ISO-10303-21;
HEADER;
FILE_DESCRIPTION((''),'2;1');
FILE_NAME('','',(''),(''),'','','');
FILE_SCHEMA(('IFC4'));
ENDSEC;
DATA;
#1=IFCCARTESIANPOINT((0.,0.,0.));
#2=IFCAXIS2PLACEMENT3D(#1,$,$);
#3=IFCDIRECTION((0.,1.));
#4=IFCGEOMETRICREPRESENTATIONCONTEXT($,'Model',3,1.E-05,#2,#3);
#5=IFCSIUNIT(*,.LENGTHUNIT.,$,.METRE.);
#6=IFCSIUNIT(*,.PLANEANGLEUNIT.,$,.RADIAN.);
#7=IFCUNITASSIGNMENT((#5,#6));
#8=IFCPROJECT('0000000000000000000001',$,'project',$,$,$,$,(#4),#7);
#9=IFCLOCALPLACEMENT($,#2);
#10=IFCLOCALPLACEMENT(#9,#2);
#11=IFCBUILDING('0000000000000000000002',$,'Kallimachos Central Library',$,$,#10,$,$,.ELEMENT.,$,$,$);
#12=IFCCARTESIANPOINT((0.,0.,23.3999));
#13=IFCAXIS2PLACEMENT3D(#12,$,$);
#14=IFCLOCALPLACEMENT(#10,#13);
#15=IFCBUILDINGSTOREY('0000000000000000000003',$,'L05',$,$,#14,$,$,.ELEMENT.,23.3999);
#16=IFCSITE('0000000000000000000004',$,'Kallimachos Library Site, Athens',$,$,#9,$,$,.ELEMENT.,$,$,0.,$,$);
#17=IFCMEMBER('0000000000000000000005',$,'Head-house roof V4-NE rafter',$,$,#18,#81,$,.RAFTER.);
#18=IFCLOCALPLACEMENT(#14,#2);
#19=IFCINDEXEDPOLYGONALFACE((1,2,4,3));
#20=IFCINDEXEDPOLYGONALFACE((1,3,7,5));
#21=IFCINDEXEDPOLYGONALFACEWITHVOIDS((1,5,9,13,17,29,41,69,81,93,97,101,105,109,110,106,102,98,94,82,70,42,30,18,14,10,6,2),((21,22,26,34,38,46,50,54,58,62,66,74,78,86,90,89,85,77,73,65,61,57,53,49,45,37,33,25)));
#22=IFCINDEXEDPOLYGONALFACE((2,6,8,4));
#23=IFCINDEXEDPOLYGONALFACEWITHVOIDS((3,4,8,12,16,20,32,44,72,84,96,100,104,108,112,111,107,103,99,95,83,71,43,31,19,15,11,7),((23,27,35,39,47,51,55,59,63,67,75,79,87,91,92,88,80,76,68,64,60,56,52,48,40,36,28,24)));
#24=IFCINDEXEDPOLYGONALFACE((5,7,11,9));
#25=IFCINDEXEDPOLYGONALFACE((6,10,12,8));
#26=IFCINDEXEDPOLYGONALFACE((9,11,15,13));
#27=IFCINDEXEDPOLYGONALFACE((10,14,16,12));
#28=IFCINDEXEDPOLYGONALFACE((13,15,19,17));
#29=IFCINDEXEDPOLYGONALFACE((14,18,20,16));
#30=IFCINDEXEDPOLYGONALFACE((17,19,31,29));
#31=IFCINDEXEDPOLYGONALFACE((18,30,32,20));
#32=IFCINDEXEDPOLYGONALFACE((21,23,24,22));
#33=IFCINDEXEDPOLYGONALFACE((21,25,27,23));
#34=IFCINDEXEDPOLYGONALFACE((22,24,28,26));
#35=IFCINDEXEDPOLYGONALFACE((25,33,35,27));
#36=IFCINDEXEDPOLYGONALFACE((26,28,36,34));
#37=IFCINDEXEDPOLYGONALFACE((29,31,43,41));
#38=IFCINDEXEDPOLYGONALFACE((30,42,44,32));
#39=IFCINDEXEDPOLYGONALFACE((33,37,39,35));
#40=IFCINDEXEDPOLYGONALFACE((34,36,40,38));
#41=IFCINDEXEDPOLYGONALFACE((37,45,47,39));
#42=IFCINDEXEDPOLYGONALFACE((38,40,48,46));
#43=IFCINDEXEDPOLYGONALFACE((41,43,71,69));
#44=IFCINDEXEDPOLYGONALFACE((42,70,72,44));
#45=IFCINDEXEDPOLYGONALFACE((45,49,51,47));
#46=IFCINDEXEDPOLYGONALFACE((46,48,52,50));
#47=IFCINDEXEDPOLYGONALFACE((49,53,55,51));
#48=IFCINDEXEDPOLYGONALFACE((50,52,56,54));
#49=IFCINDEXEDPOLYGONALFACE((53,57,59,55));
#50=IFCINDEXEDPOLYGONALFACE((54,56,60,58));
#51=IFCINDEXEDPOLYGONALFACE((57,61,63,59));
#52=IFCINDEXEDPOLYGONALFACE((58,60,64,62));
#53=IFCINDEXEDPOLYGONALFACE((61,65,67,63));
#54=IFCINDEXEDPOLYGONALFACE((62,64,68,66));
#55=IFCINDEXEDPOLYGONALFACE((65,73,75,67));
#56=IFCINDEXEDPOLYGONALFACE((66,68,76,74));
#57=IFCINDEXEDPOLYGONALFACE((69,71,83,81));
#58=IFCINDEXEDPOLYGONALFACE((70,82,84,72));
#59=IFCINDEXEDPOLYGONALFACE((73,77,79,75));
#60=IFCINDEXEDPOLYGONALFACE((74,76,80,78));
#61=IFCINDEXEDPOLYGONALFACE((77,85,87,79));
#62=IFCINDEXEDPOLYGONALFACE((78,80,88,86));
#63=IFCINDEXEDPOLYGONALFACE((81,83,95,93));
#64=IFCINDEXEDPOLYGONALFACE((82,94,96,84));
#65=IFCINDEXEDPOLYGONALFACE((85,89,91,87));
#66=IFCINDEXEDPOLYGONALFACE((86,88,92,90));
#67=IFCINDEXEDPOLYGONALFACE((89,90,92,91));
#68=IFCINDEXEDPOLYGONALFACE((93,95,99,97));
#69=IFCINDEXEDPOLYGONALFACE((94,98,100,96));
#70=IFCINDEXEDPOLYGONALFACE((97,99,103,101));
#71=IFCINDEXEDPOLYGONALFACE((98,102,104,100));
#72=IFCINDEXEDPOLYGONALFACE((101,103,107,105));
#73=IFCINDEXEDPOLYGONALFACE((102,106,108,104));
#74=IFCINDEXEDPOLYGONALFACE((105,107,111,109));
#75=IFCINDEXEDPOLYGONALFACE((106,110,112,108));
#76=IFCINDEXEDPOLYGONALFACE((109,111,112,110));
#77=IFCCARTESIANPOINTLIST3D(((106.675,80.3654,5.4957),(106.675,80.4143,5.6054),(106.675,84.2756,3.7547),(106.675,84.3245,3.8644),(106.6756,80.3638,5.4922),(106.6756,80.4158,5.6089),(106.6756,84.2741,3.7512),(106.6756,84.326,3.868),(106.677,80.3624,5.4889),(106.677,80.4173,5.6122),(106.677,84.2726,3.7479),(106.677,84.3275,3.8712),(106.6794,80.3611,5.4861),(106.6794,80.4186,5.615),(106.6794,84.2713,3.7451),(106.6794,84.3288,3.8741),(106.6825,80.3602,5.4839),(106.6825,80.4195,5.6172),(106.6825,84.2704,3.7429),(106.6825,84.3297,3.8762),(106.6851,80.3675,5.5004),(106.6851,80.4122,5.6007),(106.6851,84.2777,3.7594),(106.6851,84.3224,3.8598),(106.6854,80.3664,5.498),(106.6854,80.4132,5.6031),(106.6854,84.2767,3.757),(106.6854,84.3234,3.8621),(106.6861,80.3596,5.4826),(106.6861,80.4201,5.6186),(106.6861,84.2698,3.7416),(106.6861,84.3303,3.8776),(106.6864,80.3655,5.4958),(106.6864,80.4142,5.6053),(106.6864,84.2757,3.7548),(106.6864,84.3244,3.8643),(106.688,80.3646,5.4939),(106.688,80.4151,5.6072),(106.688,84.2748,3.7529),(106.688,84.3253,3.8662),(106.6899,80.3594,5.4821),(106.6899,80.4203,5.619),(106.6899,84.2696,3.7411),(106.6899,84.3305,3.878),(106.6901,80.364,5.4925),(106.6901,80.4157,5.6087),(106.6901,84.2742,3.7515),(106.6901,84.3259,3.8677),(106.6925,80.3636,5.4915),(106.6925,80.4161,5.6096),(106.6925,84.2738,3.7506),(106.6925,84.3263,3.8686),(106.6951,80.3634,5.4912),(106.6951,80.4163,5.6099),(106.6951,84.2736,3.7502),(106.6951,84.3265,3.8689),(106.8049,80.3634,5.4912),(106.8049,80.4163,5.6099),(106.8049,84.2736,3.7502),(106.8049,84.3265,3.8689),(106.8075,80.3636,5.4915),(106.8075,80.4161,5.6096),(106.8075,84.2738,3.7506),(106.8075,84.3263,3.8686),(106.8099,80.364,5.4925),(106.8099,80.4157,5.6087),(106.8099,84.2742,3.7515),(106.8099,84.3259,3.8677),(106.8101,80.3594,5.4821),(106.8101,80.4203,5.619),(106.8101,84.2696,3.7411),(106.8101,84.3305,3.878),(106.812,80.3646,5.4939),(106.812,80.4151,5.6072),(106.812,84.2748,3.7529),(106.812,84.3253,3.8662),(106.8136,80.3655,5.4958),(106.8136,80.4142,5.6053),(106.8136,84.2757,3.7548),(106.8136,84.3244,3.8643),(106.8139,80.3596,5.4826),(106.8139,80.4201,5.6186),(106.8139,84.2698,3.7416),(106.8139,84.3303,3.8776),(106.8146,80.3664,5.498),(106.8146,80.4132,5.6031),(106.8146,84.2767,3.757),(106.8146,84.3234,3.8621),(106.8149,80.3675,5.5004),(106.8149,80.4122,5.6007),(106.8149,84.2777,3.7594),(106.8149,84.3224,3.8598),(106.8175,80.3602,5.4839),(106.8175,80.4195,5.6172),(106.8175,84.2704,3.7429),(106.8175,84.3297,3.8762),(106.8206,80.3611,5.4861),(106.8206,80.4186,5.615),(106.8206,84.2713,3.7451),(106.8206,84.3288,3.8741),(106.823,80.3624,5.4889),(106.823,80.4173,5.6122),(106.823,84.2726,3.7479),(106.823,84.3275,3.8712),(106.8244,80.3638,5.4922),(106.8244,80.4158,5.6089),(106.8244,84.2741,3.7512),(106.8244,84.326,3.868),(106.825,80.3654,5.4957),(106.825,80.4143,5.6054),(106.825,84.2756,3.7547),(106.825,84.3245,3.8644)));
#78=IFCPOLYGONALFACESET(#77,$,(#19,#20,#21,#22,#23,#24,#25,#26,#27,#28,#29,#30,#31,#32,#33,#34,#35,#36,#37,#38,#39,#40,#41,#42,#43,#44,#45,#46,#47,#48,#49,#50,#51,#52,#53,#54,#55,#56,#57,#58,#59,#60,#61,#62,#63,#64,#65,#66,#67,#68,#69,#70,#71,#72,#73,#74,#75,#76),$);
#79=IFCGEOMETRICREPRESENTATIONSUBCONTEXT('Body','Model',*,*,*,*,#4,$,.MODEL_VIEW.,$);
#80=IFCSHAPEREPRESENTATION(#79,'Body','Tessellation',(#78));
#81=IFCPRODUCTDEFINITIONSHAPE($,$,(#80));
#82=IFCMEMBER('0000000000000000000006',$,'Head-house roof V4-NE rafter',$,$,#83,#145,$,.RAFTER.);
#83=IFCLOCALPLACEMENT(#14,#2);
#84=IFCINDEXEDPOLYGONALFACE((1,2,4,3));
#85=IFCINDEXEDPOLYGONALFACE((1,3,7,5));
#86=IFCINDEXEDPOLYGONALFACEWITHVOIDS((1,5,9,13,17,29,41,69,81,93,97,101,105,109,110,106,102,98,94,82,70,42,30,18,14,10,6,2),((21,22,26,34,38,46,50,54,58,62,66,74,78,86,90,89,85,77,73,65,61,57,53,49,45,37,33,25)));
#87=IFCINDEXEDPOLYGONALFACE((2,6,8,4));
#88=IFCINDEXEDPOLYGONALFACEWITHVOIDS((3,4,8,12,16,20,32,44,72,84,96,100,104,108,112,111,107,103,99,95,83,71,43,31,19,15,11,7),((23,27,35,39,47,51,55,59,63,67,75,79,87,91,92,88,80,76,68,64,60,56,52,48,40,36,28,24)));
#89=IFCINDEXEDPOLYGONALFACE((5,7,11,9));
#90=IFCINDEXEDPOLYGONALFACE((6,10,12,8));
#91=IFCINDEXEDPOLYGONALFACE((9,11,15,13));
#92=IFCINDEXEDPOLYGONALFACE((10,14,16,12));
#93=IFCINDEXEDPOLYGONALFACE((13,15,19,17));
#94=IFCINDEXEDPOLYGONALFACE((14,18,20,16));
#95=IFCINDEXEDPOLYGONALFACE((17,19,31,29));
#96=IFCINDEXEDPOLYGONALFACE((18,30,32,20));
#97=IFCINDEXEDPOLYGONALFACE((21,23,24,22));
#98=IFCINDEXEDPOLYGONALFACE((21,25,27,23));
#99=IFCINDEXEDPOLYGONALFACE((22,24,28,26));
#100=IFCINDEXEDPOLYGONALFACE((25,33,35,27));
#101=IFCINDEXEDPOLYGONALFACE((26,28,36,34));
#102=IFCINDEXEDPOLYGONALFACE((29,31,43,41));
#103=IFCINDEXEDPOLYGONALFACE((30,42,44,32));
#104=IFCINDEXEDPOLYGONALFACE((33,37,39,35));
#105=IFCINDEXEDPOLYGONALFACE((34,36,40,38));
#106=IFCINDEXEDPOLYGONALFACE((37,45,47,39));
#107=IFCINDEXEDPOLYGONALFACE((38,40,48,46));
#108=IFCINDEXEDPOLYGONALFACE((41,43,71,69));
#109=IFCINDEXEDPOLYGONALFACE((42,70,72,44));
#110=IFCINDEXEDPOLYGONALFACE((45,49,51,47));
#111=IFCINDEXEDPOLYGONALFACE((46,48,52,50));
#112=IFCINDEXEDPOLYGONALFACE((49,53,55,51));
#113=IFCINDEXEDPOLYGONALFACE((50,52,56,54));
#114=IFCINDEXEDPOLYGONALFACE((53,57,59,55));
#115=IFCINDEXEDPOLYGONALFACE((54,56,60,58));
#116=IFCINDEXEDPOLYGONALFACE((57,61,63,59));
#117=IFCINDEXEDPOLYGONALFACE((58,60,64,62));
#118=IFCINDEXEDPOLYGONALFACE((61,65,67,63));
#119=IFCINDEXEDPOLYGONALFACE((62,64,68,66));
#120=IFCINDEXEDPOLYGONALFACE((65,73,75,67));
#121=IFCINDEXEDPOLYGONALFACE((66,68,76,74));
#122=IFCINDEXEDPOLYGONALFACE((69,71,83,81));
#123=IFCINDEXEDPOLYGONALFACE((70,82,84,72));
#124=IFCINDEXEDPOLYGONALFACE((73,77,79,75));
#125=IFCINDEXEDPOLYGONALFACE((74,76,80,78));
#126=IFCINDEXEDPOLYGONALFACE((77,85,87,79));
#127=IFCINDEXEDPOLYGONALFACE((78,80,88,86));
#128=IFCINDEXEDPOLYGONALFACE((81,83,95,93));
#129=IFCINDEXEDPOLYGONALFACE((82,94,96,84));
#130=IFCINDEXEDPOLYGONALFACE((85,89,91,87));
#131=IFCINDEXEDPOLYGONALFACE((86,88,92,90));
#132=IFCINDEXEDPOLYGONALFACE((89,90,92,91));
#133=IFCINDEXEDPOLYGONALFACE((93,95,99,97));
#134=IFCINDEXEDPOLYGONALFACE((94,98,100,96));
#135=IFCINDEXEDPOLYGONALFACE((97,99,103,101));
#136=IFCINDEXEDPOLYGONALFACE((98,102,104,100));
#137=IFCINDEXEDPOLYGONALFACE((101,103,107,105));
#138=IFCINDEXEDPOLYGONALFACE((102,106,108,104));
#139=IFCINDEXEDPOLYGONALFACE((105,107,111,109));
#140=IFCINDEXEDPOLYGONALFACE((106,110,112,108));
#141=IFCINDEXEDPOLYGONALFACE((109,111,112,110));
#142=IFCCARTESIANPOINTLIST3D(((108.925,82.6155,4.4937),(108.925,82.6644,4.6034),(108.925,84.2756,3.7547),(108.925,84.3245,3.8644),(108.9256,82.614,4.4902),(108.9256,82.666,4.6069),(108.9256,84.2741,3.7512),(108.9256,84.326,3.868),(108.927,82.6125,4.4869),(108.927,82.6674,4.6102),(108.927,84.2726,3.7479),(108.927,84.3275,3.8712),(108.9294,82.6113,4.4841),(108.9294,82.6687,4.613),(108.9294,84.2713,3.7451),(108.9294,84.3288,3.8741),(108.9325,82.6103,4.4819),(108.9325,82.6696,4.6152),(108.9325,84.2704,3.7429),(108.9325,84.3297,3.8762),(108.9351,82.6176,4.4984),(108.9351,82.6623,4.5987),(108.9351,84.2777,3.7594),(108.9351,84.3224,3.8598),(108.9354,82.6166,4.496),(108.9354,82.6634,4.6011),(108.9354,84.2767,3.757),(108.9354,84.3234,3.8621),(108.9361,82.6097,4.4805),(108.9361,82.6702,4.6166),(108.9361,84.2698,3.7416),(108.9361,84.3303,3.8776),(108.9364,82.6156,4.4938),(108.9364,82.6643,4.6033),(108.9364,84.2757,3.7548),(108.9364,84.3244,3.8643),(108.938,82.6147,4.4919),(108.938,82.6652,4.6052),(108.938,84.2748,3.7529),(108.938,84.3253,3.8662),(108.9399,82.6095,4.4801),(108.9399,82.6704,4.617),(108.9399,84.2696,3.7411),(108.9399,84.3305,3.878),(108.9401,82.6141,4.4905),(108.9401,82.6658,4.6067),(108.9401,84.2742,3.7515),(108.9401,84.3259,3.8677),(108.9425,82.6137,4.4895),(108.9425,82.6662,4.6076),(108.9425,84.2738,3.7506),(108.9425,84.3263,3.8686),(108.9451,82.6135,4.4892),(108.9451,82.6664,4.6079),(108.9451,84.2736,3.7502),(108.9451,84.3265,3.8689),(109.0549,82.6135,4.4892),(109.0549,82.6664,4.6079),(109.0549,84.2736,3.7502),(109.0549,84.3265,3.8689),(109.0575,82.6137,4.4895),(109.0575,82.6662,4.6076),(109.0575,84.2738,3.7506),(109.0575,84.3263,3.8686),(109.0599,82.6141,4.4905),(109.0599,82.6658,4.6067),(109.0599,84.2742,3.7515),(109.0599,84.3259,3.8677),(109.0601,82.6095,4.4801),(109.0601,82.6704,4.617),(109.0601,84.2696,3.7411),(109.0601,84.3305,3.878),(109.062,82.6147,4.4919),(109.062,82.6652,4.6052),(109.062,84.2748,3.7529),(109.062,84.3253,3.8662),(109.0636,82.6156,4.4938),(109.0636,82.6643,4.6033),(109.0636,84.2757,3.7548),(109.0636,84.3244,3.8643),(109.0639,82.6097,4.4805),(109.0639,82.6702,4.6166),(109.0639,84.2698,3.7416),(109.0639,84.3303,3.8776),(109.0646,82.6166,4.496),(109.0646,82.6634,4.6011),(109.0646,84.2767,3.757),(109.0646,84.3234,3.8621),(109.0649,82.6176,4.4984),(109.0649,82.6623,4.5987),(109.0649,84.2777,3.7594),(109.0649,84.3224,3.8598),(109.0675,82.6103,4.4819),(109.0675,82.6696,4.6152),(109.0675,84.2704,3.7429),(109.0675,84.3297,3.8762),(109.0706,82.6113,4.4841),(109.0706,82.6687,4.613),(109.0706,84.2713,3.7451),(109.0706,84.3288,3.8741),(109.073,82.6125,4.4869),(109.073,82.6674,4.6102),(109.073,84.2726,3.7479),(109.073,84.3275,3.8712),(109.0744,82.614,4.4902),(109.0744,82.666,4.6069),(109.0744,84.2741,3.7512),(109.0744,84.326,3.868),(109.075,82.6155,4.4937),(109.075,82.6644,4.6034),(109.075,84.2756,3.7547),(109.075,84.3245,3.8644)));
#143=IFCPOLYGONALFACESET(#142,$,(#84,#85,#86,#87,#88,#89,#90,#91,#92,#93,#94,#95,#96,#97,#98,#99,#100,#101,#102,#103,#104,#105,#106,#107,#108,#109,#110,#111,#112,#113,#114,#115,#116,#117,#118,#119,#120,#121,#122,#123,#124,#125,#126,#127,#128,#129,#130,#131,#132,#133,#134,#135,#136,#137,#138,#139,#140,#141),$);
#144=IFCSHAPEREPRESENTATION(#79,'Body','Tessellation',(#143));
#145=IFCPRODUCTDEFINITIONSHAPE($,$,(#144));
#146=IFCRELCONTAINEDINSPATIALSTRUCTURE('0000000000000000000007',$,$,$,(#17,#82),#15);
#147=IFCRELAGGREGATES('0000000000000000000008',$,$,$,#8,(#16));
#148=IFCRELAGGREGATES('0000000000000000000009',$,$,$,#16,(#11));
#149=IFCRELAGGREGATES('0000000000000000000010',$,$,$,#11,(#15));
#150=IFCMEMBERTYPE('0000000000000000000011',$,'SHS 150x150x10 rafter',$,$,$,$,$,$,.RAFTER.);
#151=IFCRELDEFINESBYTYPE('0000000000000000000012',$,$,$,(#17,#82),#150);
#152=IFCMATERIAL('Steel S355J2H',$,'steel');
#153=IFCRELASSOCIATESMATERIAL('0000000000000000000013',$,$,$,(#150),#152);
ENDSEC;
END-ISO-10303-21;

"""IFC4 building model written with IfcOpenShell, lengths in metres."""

from ifc_helpers import new_model, si_unit, direction, frame, origin, origin_2d, place, context, subcontext, project, spatial, hollow_rectangle, extrude, material, material_profile, profile_set, type_object, element, save


model = new_model("IFC4")

# Units and contexts
model_context = context("Model", 3, precision=1e-05, world=origin(), true_north=direction((0.0, 1.0)))
body_context = subcontext(model_context, "Body", "Model", "MODEL_VIEW")
ifc_project = project(units=[si_unit("LENGTHUNIT", "METRE"), si_unit("PLANEANGLEUNIT", "RADIAN")], contexts=[model_context])

# Site, building, storey
site_placement = place(None, origin())
site = spatial("IfcSite", under=ifc_project, at=site_placement, Name="Kallimachos Library Site, Athens", CompositionType="ELEMENT", RefElevation=0.0)
building_placement = place(site_placement, origin())
building = spatial("IfcBuilding", under=site, at=building_placement, Name="Kallimachos Central Library", CompositionType="ELEMENT")
storey_placement = place(building_placement, frame((0.0, 0.0, 23.3999)))
storey = spatial("IfcBuildingStorey", under=building, at=storey_placement, Name="L05", CompositionType="ELEMENT", Elevation=23.3999)

# Members
ifc_material_1 = material(Name="Steel S355J2H", Category="steel")
ifc_material_profile_1 = material_profile(ifc_material_1, hollow_rectangle(XDim=0.1499, YDim=0.1499, WallThickness=0.01, InnerFilletRadius=0.01, OuterFilletRadius=0.0149, at=origin_2d()), Name="SHS 150x150x10")
ifc_profile_set_1 = profile_set([ifc_material_profile_1], Name="Steel S355J2H")
member_type_1 = type_object("IfcMemberType", Name="SHS 150x150x10 rafter", PredefinedType="RAFTER", material=ifc_profile_set_1)
member_1_placement = place(storey_placement, frame((106.75, 84.3, 3.8096), z_axis=(0.0, -0.913541, 0.406747), x_axis=(1.0, 0.0, 0.0)))
element("IfcMember", 1, at=member_1_placement, inside=storey, type_object=member_type_1, Name="Head-house roof V4-NE rafter", PredefinedType="RAFTER", context=body_context, shape_type="SweptSolid", body=[
    extrude(hollow_rectangle(XDim=0.1499, YDim=0.1499, WallThickness=0.01, InnerFilletRadius=0.01, OuterFilletRadius=0.0149, at=origin_2d()), origin(), (0.0, 0.0, 1.0), 4.2803),
])
member_2_placement = place(storey_placement, frame((109.0, 84.3, 3.8096), z_axis=(0.0, -0.913573, 0.406674), x_axis=(1.0, 0.0, 0.0)))
element("IfcMember", 2, at=member_2_placement, inside=storey, type_object=member_type_1, Name="Head-house roof V4-NE rafter", PredefinedType="RAFTER", context=body_context, shape_type="SweptSolid", body=[
    extrude(hollow_rectangle(XDim=0.1499, YDim=0.1499, WallThickness=0.01, InnerFilletRadius=0.01, OuterFilletRadius=0.0149, at=origin_2d()), origin(), (0.0, 0.0, 1.0), 1.8171),
])

save(model, "model.ifc")
